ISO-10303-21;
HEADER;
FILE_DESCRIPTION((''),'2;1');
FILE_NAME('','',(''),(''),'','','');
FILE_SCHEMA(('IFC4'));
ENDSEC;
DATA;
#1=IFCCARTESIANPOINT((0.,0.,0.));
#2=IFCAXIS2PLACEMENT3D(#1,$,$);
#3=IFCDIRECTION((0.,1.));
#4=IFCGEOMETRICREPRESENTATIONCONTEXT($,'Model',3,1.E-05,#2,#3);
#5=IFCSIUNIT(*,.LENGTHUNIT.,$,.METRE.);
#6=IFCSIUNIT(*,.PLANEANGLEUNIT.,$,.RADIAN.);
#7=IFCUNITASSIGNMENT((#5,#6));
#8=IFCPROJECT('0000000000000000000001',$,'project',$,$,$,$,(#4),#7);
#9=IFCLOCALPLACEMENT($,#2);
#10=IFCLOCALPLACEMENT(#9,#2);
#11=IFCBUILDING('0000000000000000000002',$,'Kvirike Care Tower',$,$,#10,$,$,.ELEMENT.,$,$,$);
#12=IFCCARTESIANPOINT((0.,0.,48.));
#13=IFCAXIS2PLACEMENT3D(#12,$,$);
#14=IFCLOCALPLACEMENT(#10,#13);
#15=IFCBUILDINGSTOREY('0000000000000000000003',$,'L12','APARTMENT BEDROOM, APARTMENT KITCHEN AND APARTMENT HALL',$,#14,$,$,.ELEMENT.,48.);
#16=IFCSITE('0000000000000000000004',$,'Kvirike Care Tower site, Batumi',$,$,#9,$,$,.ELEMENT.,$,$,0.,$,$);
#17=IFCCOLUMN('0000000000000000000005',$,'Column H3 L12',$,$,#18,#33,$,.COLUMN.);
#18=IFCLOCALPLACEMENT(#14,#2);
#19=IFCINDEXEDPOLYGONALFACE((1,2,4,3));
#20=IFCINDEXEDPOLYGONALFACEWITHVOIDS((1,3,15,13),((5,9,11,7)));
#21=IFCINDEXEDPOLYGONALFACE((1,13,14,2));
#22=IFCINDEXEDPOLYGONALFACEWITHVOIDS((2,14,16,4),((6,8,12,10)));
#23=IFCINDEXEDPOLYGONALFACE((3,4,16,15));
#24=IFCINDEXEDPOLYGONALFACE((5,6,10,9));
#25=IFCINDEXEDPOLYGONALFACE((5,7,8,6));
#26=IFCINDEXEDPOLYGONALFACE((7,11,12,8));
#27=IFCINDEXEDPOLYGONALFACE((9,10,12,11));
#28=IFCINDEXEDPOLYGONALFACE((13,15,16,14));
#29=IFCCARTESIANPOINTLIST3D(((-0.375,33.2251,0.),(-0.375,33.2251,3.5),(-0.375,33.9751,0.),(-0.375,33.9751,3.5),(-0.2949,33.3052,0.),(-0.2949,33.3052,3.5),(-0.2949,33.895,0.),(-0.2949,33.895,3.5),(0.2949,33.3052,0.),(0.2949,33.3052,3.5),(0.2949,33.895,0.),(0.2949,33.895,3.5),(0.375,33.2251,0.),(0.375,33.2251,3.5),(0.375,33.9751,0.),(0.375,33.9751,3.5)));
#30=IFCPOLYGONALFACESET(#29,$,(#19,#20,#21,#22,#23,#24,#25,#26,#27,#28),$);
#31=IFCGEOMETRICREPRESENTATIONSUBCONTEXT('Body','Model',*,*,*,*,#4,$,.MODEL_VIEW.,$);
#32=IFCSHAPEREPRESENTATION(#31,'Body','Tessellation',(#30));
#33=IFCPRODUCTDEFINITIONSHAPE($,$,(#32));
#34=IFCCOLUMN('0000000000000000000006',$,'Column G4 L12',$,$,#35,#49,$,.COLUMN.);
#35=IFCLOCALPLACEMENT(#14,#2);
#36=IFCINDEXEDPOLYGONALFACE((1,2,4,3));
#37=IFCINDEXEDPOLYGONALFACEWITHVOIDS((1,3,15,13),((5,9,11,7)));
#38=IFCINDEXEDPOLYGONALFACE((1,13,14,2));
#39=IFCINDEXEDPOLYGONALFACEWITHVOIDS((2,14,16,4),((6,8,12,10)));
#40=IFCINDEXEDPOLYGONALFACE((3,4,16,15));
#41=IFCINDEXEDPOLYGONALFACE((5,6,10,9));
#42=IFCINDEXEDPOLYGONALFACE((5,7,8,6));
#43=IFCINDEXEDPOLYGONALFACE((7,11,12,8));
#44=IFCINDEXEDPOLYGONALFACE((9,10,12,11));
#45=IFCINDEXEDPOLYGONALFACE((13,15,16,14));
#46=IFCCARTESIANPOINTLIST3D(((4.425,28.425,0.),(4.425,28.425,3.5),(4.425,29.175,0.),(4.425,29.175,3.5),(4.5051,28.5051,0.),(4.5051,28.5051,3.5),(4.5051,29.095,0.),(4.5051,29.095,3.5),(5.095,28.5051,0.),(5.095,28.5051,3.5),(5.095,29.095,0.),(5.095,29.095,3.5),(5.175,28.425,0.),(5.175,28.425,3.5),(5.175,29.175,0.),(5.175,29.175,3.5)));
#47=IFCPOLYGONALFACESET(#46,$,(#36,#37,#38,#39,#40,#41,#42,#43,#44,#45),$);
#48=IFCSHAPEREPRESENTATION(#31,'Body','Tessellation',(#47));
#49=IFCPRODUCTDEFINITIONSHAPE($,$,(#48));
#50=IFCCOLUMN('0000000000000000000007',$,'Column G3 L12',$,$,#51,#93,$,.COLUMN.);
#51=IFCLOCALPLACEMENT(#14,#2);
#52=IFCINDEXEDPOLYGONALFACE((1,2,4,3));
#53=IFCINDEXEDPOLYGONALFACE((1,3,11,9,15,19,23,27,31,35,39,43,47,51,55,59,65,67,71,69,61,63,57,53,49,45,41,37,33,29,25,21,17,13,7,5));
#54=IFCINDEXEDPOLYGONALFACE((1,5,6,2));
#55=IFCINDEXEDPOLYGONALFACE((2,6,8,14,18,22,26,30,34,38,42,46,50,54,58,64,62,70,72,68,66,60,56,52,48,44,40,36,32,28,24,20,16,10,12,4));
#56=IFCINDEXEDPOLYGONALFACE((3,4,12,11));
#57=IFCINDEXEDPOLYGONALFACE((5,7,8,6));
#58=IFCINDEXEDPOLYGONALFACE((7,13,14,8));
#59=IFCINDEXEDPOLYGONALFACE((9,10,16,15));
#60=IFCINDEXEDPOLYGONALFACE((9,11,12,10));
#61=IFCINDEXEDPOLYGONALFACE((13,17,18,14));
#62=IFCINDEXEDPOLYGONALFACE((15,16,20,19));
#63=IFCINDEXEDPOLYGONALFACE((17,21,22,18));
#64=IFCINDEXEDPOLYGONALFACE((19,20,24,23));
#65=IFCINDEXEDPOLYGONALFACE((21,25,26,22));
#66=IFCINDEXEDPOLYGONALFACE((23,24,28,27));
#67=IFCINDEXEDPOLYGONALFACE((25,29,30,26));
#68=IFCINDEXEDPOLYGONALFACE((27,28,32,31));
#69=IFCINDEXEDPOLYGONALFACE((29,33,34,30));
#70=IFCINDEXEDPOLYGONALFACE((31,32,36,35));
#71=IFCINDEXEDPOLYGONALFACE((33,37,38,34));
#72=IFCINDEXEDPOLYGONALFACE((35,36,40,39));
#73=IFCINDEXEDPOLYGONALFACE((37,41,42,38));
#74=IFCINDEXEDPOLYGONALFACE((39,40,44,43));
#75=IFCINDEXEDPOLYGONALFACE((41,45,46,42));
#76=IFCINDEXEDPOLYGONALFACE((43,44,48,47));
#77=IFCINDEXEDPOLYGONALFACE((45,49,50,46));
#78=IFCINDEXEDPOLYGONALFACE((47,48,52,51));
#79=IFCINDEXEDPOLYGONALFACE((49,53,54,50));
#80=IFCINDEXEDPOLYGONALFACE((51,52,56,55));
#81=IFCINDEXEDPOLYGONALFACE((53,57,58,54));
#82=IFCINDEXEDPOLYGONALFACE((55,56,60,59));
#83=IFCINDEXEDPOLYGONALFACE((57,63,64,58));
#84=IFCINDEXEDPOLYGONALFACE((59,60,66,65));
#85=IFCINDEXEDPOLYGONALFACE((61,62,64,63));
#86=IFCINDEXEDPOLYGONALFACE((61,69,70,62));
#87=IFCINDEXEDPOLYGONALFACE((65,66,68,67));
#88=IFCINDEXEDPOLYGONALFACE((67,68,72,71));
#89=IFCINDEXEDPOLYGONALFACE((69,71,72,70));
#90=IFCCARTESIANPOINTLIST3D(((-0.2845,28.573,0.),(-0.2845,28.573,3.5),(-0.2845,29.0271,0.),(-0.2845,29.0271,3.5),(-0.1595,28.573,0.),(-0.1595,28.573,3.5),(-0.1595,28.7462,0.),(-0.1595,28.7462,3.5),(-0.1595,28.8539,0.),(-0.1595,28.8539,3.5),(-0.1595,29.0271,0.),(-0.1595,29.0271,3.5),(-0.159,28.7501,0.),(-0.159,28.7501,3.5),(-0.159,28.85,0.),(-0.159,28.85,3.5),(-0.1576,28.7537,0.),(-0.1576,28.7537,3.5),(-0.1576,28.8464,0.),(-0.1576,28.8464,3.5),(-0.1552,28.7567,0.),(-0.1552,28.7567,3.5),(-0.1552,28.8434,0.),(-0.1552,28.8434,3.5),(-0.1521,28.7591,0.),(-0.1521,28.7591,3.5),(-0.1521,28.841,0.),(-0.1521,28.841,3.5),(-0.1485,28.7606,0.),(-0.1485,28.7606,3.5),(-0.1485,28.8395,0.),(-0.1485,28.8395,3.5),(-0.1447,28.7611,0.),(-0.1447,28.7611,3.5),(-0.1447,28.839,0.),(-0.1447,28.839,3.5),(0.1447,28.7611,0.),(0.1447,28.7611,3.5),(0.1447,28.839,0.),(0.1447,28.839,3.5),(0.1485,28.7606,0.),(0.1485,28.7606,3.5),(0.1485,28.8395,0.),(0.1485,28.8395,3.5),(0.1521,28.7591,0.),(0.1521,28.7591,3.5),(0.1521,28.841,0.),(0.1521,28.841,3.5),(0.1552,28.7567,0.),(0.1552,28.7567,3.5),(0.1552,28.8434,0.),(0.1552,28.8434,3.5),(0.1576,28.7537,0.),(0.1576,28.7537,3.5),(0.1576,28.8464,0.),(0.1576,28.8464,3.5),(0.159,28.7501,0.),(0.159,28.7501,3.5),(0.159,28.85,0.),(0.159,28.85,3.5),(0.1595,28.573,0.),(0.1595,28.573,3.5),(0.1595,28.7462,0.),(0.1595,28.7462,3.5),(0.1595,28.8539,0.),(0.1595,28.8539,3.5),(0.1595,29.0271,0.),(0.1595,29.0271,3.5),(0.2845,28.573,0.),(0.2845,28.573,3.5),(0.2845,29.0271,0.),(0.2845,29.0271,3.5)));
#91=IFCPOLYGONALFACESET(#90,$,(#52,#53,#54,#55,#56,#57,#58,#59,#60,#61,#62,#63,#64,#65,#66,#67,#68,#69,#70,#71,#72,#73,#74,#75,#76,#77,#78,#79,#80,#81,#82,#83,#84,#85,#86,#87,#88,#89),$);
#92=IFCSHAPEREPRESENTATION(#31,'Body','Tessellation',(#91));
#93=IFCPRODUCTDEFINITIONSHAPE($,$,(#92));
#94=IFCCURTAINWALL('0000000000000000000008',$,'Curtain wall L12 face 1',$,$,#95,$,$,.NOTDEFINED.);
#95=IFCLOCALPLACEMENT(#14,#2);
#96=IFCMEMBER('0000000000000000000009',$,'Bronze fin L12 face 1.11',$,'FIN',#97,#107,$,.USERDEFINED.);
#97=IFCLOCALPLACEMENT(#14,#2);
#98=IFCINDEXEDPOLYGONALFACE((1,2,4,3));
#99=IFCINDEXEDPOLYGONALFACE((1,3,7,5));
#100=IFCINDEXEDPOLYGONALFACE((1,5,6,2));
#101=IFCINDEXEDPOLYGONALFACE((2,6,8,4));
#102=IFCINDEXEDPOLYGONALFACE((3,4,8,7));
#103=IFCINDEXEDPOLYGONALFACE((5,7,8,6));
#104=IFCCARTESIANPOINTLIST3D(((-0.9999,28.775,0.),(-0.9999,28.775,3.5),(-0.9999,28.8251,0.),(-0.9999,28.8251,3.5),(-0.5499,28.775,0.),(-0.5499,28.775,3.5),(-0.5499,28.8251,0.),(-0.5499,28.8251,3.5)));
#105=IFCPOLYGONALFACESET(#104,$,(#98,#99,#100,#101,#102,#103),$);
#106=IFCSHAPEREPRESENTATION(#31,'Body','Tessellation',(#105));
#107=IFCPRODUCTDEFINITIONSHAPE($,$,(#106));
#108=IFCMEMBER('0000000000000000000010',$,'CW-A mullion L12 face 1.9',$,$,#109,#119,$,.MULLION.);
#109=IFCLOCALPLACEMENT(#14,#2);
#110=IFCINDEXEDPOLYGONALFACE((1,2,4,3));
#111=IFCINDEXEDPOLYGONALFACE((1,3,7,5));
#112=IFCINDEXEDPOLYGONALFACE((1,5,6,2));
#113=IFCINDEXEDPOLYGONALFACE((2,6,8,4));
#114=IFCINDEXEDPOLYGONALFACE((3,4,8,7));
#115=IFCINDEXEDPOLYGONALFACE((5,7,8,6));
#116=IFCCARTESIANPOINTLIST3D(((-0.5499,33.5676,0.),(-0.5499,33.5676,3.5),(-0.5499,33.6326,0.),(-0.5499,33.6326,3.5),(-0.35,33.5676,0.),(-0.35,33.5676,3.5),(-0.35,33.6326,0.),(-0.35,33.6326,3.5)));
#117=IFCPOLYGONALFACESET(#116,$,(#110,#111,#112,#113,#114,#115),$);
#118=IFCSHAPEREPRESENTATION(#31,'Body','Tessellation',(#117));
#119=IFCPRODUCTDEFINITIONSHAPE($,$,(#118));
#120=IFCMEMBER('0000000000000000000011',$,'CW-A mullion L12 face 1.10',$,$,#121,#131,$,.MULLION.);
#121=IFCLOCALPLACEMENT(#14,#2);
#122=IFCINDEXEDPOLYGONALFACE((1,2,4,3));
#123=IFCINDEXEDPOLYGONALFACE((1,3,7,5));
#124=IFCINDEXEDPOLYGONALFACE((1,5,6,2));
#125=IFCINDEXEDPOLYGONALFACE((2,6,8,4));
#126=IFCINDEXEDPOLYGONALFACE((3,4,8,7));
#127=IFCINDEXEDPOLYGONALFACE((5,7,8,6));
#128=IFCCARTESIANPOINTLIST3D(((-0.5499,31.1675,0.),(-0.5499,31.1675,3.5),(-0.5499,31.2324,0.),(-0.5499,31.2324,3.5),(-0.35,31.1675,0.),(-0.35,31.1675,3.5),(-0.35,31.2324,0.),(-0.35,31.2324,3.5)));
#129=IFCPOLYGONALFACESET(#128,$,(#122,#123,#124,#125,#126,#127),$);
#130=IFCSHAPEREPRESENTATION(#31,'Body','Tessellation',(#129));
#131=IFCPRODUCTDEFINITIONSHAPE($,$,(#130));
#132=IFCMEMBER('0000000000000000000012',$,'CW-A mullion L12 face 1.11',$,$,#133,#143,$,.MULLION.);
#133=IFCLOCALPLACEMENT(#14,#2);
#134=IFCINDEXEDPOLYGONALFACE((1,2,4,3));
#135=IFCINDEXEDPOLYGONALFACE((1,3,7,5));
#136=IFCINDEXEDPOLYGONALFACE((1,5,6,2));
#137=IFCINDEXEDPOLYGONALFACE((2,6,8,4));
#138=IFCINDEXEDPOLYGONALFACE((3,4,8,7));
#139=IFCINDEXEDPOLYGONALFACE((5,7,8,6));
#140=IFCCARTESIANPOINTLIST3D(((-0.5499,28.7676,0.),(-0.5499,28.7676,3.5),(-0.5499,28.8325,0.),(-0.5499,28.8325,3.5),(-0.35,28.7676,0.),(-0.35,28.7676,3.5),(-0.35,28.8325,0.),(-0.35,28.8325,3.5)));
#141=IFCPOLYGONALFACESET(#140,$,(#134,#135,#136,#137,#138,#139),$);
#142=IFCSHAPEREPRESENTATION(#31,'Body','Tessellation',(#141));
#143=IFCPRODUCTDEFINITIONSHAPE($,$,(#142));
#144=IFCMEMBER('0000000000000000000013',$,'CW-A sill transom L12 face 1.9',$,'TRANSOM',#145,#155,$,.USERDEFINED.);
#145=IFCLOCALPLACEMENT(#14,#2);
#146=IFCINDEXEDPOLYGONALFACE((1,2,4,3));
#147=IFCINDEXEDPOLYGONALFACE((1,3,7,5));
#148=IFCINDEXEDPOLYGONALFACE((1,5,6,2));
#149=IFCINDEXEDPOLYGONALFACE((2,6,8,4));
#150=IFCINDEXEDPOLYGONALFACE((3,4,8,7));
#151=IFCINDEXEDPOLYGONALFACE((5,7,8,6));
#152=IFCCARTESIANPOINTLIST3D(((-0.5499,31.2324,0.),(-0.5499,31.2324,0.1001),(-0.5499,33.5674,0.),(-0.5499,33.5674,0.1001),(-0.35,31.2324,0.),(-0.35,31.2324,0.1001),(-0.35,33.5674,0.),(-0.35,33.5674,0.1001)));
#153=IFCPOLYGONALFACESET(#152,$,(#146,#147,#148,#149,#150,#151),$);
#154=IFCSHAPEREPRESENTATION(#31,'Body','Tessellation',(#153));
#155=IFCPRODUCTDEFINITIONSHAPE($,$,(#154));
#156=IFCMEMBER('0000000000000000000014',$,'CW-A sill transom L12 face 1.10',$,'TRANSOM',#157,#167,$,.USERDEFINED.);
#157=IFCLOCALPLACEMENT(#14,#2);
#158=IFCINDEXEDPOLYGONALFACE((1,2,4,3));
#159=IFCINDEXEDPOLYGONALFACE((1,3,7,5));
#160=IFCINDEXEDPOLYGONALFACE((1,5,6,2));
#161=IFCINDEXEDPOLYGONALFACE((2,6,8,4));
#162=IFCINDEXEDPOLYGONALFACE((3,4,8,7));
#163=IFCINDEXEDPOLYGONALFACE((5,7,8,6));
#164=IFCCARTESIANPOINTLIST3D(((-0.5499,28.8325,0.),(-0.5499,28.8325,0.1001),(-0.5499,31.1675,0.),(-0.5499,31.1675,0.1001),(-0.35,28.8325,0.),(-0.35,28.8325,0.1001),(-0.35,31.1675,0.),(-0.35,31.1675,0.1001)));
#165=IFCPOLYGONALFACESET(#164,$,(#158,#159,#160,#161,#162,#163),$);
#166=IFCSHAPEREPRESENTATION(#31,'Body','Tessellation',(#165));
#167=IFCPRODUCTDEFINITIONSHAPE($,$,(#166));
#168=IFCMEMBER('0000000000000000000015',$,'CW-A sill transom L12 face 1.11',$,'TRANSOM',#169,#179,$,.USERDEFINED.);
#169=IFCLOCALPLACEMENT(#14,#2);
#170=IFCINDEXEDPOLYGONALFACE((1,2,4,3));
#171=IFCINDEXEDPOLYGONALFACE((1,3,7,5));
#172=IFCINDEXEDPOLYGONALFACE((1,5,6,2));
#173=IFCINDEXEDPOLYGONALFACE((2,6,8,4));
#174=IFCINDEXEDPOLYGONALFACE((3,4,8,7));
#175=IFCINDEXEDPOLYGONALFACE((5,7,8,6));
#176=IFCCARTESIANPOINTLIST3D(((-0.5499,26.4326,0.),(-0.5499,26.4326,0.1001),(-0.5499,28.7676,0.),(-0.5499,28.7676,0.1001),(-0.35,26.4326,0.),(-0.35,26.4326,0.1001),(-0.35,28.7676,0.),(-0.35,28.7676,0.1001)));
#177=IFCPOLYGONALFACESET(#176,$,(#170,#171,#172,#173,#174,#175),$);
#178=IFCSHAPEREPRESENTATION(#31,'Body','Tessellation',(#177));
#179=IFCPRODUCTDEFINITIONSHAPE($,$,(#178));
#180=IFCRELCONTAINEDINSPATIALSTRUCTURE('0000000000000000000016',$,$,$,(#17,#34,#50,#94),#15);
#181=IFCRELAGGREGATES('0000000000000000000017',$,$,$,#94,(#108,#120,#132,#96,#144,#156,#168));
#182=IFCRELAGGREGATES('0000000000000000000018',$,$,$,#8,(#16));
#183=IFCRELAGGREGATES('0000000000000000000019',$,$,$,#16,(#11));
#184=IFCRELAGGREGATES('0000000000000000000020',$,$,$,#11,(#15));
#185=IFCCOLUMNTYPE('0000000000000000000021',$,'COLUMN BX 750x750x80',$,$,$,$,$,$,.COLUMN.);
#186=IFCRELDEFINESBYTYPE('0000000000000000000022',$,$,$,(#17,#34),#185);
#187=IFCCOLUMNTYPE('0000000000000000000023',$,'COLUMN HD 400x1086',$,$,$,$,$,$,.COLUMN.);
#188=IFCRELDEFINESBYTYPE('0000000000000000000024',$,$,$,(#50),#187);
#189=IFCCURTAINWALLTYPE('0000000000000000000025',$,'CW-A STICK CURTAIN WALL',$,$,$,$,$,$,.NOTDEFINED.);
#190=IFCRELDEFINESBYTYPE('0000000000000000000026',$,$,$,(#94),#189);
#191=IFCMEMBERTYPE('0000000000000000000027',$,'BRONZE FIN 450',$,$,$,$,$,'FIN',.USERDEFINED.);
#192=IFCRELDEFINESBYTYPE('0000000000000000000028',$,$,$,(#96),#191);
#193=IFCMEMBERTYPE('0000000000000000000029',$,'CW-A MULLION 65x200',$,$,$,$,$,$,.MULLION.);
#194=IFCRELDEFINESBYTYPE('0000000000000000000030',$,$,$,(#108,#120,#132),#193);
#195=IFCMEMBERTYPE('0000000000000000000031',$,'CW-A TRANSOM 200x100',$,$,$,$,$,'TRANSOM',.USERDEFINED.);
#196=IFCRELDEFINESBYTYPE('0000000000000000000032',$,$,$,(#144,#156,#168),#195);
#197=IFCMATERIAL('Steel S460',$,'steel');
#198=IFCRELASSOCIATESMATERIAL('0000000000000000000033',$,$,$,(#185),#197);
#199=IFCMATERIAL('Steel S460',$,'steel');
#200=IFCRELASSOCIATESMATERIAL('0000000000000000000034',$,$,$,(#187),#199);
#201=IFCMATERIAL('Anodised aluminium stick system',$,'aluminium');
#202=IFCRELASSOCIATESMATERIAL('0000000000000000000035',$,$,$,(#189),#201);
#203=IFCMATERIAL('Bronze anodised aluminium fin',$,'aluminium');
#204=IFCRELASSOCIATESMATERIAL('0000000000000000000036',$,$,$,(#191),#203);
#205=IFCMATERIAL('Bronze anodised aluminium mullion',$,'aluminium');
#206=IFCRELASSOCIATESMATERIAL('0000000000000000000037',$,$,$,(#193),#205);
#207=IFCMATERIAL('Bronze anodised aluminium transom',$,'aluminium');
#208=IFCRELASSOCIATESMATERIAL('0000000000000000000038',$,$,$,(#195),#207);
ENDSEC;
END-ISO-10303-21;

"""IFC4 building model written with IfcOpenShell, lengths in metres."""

from ifc_helpers import new_model, si_unit, direction, frame, origin, origin_2d, place, context, subcontext, project, spatial, rectangle, hollow_rectangle, i_section, extrude, material, material_profile, profile_set, type_object, element, aggregate, save


model = new_model("IFC4")

# Units and contexts
model_context = context("Model", 3, precision=1e-05, world=origin(), true_north=direction((0.0, 1.0)))
body_context = subcontext(model_context, "Body", "Model", "MODEL_VIEW")
ifc_project = project(units=[si_unit("LENGTHUNIT", "METRE"), si_unit("PLANEANGLEUNIT", "RADIAN")], contexts=[model_context])

# Site, building, storey
site_placement = place(None, origin())
site = spatial("IfcSite", under=ifc_project, at=site_placement, Name="Kvirike Care Tower site, Batumi", CompositionType="ELEMENT", RefElevation=0.0)
building_placement = place(site_placement, origin())
building = spatial("IfcBuilding", under=site, at=building_placement, Name="Kvirike Care Tower", CompositionType="ELEMENT")
storey_placement = place(building_placement, frame((0.0, 0.0, 48.0)))
storey = spatial("IfcBuildingStorey", under=building, at=storey_placement, Name="L12", Description="APARTMENT BEDROOM, APARTMENT KITCHEN AND APARTMENT HALL", CompositionType="ELEMENT", Elevation=48.0)

# Columns
ifc_material_1 = material(Name="Steel S460", Category="steel")
ifc_material_profile_1 = material_profile(ifc_material_1, hollow_rectangle(XDim=0.75, YDim=0.75, WallThickness=0.0801, at=origin_2d()), Name="BX 750x750x80")
ifc_profile_set_1 = profile_set([ifc_material_profile_1], Name="Steel S460")
column_type_1 = type_object("IfcColumnType", Name="COLUMN BX 750x750x80", PredefinedType="COLUMN", material=ifc_profile_set_1)
for number, where, z_axis, x_axis, name in (
    (1, (0.0, 33.6001, 0.0), (0.0, 0.0, 1.0), (1.0, 0.0, 0.0), "Column H3 L12"),
    (2, (4.8, 28.8, 0.0), (0.0, 0.0, 1.0), (0.0, 1.0, 0.0), "Column G4 L12"),
):
    element("IfcColumn", number, at=place(storey_placement, frame(where, z_axis=z_axis, x_axis=x_axis)), inside=storey, type_object=column_type_1, Name=name, PredefinedType="COLUMN", context=body_context, shape_type="SweptSolid", body=[
        extrude(hollow_rectangle(XDim=0.75, YDim=0.75, WallThickness=0.0801, at=origin_2d()), origin(), (0.0, 0.0, 1.0), 3.5),
    ])
ifc_material_2 = material(Name="Steel S460", Category="steel")
ifc_material_profile_2 = material_profile(ifc_material_2, i_section(OverallWidth=0.4541, OverallDepth=0.5691, WebThickness=0.0779, FlangeThickness=0.125, FilletRadius=0.0149, at=origin_2d()), Name="HD 400x1086")
ifc_profile_set_2 = profile_set([ifc_material_profile_2], Name="Steel S460")
column_type_2 = type_object("IfcColumnType", Name="COLUMN HD 400x1086", PredefinedType="COLUMN", material=ifc_profile_set_2)
column_placement = place(storey_placement, frame((0.0, 28.8, 0.0), z_axis=(0.0, 0.0, 1.0), x_axis=(0.0, 1.0, 0.0)))
element("IfcColumn", 3, at=column_placement, inside=storey, type_object=column_type_2, Name="Column G3 L12", PredefinedType="COLUMN", context=body_context, shape_type="SweptSolid", body=[
    extrude(i_section(OverallWidth=0.4541, OverallDepth=0.5691, WebThickness=0.0779, FlangeThickness=0.125, FilletRadius=0.0149, at=origin_2d()), origin(), (0.0, 0.0, 1.0), 3.5),
])

# Curtain wall, members
ifc_material_3 = material(Name="Anodised aluminium stick system", Category="aluminium")
curtain_wall_type = type_object("IfcCurtainWallType", Name="CW-A STICK CURTAIN WALL", PredefinedType="NOTDEFINED", material=ifc_material_3)
curtain_wall_placement = place(storey_placement, origin())
curtain_wall = element("IfcCurtainWall", 4, at=curtain_wall_placement, inside=storey, type_object=curtain_wall_type, Name="Curtain wall L12 face 1", PredefinedType="NOTDEFINED")
ifc_material_4 = material(Name="Bronze anodised aluminium fin", Category="aluminium")
ifc_material_profile_3 = material_profile(ifc_material_4, rectangle(XDim=0.05, YDim=0.45, at=origin_2d()), Name="BRONZE FIN 450")
ifc_profile_set_3 = profile_set([ifc_material_profile_3], Name="Bronze anodised aluminium fin")
member_type_1 = type_object("IfcMemberType", Name="BRONZE FIN 450", ElementType="FIN", PredefinedType="USERDEFINED", material=ifc_profile_set_3)
member_1_placement = place(storey_placement, frame((-0.7749, 28.8, 0.0), z_axis=(0.0, 0.0, 1.0), x_axis=(0.0, -1.0, 0.0)))
member_1 = element("IfcMember", 5, at=member_1_placement, type_object=member_type_1, Name="Bronze fin L12 face 1.11", ObjectType="FIN", PredefinedType="USERDEFINED", context=body_context, shape_type="SweptSolid", body=[
    extrude(rectangle(XDim=0.05, YDim=0.45, at=origin_2d()), origin(), (0.0, 0.0, 1.0), 3.5),
])
ifc_material_5 = material(Name="Bronze anodised aluminium mullion", Category="aluminium")
ifc_material_profile_4 = material_profile(ifc_material_5, rectangle(XDim=0.0649, YDim=0.2, at=origin_2d()), Name="CW-A MULLION 65x200")
ifc_profile_set_4 = profile_set([ifc_material_profile_4], Name="Bronze anodised aluminium mullion")
member_type_2 = type_object("IfcMemberType", Name="CW-A MULLION 65x200", PredefinedType="MULLION", material=ifc_profile_set_4)
member_2_placement = place(storey_placement, frame((-0.45, 33.6001, 0.0), z_axis=(0.0, 0.0, 1.0), x_axis=(0.0, -1.0, 0.0)))
member_2 = element("IfcMember", 6, at=member_2_placement, type_object=member_type_2, Name="CW-A mullion L12 face 1.9", PredefinedType="MULLION", context=body_context, shape_type="SweptSolid", body=[
    extrude(rectangle(XDim=0.0649, YDim=0.2, at=origin_2d()), origin(), (0.0, 0.0, 1.0), 3.5),
])
member_3_placement = place(storey_placement, frame((-0.45, 31.2, 0.0), z_axis=(0.0, 0.0, 1.0), x_axis=(0.0, -1.0, 0.0)))
member_3 = element("IfcMember", 7, at=member_3_placement, type_object=member_type_2, Name="CW-A mullion L12 face 1.10", PredefinedType="MULLION", context=body_context, shape_type="SweptSolid", body=[
    extrude(rectangle(XDim=0.0649, YDim=0.2, at=origin_2d()), origin(), (0.0, 0.0, 1.0), 3.5),
])
member_4_placement = place(storey_placement, frame((-0.45, 28.8, 0.0), z_axis=(0.0, 0.0, 1.0), x_axis=(0.0, -1.0, 0.0)))
member_4 = element("IfcMember", 8, at=member_4_placement, type_object=member_type_2, Name="CW-A mullion L12 face 1.11", PredefinedType="MULLION", context=body_context, shape_type="SweptSolid", body=[
    extrude(rectangle(XDim=0.0649, YDim=0.2, at=origin_2d()), origin(), (0.0, 0.0, 1.0), 3.5),
])
ifc_material_6 = material(Name="Bronze anodised aluminium transom", Category="aluminium")
ifc_material_profile_5 = material_profile(ifc_material_6, rectangle(XDim=0.2, YDim=0.1001, at=origin_2d()), Name="CW-A TRANSOM 200x100")
ifc_profile_set_5 = profile_set([ifc_material_profile_5], Name="Bronze anodised aluminium transom")
member_type_3 = type_object("IfcMemberType", Name="CW-A TRANSOM 200x100", ElementType="TRANSOM", PredefinedType="USERDEFINED", material=ifc_profile_set_5)
member_5_placement = place(storey_placement, frame((-0.45, 33.5674, 0.05), z_axis=(0.0, -1.0, 0.0), x_axis=(1.0, 0.0, 0.0)))
member_5 = element("IfcMember", 9, at=member_5_placement, type_object=member_type_3, Name="CW-A sill transom L12 face 1.9", ObjectType="TRANSOM", PredefinedType="USERDEFINED", context=body_context, shape_type="SweptSolid", body=[
    extrude(rectangle(XDim=0.2, YDim=0.1001, at=origin_2d()), origin(), (0.0, 0.0, 1.0), 2.335),
])
member_6_placement = place(storey_placement, frame((-0.45, 31.1675, 0.05), z_axis=(0.0, -1.0, 0.0), x_axis=(1.0, 0.0, 0.0)))
member_6 = element("IfcMember", 10, at=member_6_placement, type_object=member_type_3, Name="CW-A sill transom L12 face 1.10", ObjectType="TRANSOM", PredefinedType="USERDEFINED", context=body_context, shape_type="SweptSolid", body=[
    extrude(rectangle(XDim=0.2, YDim=0.1001, at=origin_2d()), origin(), (0.0, 0.0, 1.0), 2.335),
])
member_7_placement = place(storey_placement, frame((-0.45, 28.7676, 0.05), z_axis=(0.0, -1.0, 0.0), x_axis=(1.0, 0.0, 0.0)))
member_7 = element("IfcMember", 11, at=member_7_placement, type_object=member_type_3, Name="CW-A sill transom L12 face 1.11", ObjectType="TRANSOM", PredefinedType="USERDEFINED", context=body_context, shape_type="SweptSolid", body=[
    extrude(rectangle(XDim=0.2, YDim=0.1001, at=origin_2d()), origin(), (0.0, 0.0, 1.0), 2.335),
])

aggregate(curtain_wall, [member_2, member_3, member_4, member_1, member_5, member_6, member_7])

save(model, "model.ifc")
